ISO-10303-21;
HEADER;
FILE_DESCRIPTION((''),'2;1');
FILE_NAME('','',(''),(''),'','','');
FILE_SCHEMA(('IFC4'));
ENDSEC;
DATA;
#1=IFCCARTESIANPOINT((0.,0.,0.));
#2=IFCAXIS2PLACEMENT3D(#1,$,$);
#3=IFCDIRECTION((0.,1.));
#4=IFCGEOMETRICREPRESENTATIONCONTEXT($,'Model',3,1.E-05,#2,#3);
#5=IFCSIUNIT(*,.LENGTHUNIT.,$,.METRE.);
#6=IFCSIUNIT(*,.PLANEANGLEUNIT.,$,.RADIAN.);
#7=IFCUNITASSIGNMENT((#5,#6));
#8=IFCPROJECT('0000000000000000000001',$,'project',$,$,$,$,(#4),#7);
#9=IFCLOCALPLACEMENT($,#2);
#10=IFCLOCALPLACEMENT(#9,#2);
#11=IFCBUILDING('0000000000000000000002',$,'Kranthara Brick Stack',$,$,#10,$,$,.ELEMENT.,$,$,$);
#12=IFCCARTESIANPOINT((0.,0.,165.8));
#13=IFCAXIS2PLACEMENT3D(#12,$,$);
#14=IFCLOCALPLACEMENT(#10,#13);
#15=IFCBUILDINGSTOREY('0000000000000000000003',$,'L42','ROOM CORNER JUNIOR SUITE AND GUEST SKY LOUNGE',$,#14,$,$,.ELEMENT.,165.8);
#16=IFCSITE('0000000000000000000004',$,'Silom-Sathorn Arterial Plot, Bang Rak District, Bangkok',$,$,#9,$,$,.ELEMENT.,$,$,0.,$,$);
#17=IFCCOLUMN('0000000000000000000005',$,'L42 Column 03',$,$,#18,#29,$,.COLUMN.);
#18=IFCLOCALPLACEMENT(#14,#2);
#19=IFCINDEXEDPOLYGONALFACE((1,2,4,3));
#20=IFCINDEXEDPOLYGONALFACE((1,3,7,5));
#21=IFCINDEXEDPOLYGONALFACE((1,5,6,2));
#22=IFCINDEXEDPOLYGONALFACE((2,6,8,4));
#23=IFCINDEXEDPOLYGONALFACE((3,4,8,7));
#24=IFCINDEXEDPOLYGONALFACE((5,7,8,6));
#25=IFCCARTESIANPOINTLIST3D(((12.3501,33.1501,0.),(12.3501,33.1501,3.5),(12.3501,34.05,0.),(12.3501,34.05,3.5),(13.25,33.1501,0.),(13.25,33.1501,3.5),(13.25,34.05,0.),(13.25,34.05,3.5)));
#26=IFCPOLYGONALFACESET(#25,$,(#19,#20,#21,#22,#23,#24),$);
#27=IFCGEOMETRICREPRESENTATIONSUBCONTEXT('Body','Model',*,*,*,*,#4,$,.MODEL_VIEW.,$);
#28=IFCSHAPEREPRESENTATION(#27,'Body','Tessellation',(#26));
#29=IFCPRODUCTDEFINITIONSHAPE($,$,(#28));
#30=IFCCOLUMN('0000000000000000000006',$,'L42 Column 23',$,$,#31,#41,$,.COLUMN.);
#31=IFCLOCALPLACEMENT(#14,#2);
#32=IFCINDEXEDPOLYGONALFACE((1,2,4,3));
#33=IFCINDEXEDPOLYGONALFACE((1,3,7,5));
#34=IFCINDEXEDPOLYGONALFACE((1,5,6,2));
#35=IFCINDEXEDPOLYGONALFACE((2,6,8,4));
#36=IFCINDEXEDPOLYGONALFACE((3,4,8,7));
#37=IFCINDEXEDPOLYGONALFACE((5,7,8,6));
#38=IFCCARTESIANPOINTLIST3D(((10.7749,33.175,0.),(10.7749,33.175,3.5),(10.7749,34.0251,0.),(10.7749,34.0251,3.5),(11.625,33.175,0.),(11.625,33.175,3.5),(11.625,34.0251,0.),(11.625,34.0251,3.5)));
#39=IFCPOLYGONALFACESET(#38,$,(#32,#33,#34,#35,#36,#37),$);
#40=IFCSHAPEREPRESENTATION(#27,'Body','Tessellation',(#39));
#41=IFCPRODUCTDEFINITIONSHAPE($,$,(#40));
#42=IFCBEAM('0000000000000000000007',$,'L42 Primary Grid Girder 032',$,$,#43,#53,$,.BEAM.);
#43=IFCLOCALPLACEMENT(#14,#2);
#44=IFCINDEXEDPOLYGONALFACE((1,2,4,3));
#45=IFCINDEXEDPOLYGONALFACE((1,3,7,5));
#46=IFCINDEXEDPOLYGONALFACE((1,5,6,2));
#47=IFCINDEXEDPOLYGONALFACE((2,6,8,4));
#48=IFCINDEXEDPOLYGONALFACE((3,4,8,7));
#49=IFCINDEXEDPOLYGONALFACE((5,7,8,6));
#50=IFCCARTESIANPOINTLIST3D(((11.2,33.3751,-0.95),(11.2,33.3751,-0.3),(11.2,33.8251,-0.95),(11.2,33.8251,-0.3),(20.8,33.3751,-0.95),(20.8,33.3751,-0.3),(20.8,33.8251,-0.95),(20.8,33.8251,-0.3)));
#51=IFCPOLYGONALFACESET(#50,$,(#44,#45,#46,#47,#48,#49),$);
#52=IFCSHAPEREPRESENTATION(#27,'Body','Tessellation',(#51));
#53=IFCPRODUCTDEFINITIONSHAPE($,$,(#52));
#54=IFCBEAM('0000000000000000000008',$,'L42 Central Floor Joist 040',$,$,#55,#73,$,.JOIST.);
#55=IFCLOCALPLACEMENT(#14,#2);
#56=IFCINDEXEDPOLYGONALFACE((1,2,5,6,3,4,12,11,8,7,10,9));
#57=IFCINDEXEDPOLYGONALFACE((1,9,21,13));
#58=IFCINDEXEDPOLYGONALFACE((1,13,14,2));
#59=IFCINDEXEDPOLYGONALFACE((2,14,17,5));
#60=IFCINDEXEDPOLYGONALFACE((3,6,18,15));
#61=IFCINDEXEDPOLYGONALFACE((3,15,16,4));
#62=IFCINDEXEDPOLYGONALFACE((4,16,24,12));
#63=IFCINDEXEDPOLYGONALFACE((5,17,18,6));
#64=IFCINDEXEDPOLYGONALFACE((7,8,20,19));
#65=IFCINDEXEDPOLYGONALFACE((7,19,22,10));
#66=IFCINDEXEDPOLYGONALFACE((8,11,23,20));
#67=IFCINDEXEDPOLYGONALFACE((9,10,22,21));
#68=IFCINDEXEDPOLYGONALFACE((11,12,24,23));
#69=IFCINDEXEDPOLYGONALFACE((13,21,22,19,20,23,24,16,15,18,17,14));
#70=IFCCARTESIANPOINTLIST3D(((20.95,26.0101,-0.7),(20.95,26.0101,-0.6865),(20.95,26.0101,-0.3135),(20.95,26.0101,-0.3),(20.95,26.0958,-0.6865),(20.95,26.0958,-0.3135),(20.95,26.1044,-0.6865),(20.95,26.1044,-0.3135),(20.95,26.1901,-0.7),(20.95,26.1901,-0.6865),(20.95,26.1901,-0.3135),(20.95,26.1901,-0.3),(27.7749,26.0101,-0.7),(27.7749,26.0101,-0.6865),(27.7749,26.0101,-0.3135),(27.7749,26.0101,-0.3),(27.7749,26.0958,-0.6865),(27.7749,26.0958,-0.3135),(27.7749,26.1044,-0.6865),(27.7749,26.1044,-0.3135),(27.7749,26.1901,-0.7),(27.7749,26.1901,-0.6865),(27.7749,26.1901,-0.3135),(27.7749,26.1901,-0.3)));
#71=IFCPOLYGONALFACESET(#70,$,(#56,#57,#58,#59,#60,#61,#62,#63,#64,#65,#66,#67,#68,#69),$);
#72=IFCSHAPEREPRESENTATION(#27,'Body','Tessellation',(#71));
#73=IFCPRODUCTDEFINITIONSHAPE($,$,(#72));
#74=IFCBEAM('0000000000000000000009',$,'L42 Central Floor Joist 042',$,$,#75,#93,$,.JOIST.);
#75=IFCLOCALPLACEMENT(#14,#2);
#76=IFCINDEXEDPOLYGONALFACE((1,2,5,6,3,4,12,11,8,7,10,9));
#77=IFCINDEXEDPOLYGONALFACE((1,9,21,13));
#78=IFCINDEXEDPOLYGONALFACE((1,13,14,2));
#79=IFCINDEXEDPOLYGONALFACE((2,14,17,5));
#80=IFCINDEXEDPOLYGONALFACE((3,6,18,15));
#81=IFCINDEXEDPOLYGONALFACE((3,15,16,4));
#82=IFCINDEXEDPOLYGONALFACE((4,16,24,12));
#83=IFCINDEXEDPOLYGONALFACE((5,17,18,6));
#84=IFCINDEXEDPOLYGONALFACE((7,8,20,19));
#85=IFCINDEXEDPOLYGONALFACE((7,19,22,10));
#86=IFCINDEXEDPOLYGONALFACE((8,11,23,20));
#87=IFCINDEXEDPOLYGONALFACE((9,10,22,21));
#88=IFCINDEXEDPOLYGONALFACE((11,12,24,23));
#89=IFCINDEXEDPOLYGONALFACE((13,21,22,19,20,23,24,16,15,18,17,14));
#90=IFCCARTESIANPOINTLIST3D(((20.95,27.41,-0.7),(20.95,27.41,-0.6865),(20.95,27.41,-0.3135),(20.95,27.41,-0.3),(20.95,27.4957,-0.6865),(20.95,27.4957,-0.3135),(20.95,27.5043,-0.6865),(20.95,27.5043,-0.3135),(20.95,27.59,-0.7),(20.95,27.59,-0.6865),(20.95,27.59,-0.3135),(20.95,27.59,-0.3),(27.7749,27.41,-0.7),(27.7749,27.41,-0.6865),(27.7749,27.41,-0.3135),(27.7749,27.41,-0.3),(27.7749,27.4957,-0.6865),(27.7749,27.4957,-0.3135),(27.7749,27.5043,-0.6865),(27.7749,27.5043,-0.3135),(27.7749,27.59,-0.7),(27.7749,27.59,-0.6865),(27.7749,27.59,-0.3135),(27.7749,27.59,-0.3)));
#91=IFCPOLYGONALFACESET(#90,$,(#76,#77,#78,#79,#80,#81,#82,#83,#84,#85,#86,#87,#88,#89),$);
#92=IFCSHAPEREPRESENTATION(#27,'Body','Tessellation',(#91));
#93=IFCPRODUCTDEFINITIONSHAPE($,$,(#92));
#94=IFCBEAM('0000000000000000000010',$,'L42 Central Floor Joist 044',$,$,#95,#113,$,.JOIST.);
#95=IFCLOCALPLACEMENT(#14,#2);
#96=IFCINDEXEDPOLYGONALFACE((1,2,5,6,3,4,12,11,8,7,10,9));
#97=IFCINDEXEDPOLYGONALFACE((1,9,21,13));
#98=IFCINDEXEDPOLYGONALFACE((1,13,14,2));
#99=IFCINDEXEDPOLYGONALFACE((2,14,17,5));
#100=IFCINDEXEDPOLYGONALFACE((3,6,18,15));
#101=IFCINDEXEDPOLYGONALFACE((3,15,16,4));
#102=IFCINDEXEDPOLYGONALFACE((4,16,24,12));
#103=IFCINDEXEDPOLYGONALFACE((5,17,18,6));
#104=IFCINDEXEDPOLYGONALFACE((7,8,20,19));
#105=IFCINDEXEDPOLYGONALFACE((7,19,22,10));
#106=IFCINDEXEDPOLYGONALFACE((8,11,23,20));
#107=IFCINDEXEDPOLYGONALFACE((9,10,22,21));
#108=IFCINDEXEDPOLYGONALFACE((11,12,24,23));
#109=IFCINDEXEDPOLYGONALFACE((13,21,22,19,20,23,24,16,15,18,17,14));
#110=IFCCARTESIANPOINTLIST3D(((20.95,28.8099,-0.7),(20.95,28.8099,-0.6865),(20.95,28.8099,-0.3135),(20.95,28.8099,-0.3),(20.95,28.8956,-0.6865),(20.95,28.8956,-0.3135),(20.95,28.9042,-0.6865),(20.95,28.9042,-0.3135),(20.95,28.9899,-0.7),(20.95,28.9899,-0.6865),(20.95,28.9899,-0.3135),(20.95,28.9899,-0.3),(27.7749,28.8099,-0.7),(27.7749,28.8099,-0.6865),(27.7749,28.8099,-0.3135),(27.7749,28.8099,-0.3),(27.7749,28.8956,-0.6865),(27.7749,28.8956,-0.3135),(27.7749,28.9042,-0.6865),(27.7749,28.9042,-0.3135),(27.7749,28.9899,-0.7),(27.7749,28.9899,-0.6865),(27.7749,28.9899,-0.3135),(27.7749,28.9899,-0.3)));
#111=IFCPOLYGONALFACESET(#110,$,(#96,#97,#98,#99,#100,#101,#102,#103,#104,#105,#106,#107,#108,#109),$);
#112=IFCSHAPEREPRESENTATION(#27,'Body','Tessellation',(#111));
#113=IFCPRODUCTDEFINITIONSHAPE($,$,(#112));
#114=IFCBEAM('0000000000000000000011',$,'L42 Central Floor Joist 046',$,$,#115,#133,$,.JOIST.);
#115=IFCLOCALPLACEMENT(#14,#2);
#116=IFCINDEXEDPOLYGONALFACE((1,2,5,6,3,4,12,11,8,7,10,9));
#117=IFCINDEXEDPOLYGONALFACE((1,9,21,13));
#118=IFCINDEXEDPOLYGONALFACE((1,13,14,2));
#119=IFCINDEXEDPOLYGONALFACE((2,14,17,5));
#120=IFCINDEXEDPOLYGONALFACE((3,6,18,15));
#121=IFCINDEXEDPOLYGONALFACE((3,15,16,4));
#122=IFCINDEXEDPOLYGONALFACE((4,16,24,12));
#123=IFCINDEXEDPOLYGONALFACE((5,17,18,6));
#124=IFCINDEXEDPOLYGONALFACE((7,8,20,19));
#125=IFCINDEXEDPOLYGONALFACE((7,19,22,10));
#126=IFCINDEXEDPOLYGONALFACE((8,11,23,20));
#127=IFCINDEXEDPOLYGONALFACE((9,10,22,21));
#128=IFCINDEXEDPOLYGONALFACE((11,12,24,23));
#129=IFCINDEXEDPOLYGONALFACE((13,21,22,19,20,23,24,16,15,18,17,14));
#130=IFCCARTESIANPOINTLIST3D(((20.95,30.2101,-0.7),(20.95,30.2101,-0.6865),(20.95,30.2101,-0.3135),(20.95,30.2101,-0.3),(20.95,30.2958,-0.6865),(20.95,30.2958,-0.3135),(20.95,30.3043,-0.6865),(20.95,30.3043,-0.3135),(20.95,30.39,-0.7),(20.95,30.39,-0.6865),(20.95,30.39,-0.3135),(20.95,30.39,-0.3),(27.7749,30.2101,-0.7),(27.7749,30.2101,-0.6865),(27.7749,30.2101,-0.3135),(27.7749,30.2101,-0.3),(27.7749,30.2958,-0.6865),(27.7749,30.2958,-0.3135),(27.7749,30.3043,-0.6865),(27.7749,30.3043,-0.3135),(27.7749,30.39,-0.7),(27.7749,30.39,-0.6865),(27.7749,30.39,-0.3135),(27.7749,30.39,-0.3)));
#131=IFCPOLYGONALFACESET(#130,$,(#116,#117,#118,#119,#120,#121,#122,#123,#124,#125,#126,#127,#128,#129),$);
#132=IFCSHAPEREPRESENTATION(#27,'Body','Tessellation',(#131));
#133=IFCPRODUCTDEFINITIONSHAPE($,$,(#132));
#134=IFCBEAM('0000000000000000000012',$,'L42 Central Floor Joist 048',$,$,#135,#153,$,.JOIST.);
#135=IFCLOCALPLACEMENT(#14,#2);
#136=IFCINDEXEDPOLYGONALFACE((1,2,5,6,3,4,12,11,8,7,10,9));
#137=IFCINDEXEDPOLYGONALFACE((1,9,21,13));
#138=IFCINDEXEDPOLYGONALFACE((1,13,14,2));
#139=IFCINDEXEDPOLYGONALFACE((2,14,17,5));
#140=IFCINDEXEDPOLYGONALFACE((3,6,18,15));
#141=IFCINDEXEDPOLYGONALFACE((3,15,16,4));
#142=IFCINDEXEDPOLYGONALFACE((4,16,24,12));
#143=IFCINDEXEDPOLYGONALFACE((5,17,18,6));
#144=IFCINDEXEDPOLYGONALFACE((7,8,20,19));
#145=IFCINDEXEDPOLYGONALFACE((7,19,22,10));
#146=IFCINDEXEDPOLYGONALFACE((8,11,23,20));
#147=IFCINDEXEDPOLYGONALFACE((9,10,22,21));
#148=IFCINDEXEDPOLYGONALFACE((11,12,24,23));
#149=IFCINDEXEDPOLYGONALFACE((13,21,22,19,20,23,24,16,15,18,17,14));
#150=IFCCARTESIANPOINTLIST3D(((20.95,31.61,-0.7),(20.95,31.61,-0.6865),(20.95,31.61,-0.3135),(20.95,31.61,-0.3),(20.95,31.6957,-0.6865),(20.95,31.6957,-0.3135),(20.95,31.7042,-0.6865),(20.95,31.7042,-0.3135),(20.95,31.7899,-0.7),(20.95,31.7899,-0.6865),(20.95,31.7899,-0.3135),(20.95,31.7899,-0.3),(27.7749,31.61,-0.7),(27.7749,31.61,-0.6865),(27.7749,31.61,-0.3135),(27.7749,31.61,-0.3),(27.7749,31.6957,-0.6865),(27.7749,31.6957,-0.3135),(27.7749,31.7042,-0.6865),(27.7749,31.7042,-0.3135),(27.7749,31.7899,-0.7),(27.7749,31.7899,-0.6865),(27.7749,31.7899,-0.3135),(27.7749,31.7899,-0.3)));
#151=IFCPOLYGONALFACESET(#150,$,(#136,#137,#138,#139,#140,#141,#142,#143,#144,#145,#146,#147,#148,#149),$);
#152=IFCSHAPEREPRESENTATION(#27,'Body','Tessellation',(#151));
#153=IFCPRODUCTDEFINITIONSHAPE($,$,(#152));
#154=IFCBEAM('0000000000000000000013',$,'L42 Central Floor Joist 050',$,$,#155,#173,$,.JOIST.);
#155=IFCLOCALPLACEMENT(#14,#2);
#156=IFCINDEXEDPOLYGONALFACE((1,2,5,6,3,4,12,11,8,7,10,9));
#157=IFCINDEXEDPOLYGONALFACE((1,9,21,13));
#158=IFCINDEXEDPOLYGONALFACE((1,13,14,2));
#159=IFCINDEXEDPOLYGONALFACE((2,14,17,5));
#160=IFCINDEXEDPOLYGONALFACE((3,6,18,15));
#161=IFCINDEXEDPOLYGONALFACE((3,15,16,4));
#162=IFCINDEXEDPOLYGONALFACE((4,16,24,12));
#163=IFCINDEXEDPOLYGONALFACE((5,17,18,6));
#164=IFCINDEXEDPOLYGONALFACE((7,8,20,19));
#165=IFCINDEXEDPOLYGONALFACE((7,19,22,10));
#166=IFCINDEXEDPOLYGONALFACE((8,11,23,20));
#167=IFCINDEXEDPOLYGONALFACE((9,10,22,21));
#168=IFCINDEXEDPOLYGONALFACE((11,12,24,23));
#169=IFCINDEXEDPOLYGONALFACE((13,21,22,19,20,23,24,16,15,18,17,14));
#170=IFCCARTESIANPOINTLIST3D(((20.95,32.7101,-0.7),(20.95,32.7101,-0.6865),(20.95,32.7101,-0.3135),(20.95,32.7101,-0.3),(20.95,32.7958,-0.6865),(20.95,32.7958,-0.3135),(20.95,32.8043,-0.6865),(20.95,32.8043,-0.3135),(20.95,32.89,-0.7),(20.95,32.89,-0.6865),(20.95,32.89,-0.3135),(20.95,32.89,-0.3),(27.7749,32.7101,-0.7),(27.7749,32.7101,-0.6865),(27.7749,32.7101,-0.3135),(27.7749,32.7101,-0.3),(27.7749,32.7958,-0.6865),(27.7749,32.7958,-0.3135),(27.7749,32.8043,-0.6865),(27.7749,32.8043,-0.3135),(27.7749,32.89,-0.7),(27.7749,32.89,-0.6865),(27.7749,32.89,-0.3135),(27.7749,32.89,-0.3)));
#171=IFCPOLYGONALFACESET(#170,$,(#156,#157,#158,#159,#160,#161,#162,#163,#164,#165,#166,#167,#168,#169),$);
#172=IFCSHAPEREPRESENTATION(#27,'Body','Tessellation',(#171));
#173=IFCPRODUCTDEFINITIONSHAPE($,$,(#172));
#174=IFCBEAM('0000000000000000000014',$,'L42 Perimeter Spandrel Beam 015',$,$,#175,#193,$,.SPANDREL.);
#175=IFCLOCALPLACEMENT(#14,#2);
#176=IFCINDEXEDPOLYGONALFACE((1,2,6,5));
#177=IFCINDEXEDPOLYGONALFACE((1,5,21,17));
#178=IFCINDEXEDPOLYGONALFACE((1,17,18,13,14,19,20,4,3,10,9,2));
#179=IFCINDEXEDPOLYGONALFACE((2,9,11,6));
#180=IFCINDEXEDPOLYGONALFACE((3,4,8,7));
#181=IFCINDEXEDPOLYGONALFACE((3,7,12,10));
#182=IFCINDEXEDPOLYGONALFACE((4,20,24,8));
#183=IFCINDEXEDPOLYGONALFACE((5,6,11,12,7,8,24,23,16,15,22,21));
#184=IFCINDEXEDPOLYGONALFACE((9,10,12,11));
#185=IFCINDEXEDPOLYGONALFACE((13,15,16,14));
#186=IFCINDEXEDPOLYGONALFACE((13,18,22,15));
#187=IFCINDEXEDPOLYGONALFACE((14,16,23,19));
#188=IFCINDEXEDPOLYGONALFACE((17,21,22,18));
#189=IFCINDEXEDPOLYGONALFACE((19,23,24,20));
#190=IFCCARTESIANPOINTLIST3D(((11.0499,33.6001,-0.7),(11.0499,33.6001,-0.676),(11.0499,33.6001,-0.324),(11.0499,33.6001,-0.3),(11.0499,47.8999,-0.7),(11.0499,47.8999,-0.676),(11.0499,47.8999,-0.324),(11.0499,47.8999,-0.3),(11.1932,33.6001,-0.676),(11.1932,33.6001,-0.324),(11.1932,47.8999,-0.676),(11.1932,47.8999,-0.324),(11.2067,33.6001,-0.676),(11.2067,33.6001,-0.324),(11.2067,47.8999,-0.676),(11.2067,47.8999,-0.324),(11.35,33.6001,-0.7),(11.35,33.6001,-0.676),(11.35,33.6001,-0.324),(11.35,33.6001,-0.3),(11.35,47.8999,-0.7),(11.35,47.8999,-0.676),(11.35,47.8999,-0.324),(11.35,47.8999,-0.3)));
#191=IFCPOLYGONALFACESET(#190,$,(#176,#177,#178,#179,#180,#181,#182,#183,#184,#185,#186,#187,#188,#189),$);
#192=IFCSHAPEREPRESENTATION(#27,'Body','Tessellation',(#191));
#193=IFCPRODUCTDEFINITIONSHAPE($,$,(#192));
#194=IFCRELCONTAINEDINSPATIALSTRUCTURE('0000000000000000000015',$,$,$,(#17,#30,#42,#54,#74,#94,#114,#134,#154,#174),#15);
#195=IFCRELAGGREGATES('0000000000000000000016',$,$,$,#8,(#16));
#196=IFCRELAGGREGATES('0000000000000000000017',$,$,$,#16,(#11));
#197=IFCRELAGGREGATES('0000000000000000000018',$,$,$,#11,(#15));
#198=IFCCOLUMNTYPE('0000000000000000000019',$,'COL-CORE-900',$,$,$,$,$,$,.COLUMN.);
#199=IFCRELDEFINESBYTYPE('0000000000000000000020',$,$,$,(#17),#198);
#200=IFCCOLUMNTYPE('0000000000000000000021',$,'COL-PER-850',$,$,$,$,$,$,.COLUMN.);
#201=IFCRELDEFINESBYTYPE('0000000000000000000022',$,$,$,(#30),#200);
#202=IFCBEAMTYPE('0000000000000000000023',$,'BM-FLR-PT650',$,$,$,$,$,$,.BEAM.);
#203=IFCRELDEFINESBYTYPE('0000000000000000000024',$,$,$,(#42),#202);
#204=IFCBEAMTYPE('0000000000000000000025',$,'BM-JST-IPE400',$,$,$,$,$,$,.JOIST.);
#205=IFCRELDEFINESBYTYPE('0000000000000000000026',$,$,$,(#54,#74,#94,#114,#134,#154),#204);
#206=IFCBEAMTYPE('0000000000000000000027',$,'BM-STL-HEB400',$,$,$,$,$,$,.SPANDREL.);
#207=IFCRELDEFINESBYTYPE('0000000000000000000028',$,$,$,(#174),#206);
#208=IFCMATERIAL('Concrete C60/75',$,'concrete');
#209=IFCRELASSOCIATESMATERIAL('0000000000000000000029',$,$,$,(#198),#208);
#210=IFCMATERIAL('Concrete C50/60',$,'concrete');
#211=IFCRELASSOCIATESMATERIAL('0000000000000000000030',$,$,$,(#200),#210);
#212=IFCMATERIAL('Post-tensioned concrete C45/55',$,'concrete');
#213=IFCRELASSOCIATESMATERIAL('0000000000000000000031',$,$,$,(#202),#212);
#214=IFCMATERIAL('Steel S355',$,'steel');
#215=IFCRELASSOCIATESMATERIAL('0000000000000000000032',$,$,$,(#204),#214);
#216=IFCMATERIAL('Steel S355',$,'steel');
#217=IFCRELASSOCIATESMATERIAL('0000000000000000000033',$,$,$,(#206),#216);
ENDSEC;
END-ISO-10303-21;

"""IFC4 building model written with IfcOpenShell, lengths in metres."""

from ifc_helpers import new_model, si_unit, direction, frame, origin, origin_2d, place, context, subcontext, project, spatial, rectangle, i_section, extrude, material, material_profile, profile_set, type_object, element, save


model = new_model("IFC4")

# Units and contexts
model_context = context("Model", 3, precision=1e-05, world=origin(), true_north=direction((0.0, 1.0)))
body_context = subcontext(model_context, "Body", "Model", "MODEL_VIEW")
ifc_project = project(units=[si_unit("LENGTHUNIT", "METRE"), si_unit("PLANEANGLEUNIT", "RADIAN")], contexts=[model_context])

# Site, building, storey
site_placement = place(None, origin())
site = spatial("IfcSite", under=ifc_project, at=site_placement, Name="Silom-Sathorn Arterial Plot, Bang Rak District, Bangkok", CompositionType="ELEMENT", RefElevation=0.0)
building_placement = place(site_placement, origin())
building = spatial("IfcBuilding", under=site, at=building_placement, Name="Kranthara Brick Stack", CompositionType="ELEMENT")
storey_placement = place(building_placement, frame((0.0, 0.0, 165.8)))
storey = spatial("IfcBuildingStorey", under=building, at=storey_placement, Name="L42", Description="ROOM CORNER JUNIOR SUITE AND GUEST SKY LOUNGE", CompositionType="ELEMENT", Elevation=165.8)

# Columns
ifc_material_1 = material(Name="Concrete C60/75", Category="concrete")
ifc_material_profile_1 = material_profile(ifc_material_1, rectangle(XDim=0.8999, YDim=0.8999, at=origin_2d()), Name="RC 900x900")
ifc_profile_set_1 = profile_set([ifc_material_profile_1], Name="Concrete C60/75")
column_type_1 = type_object("IfcColumnType", Name="COL-CORE-900", PredefinedType="COLUMN", material=ifc_profile_set_1)
column_1_placement = place(storey_placement, frame((12.8, 33.6001, 0.0), z_axis=(0.0, 0.0, 1.0), x_axis=(1.0, 0.0, 0.0)))
element("IfcColumn", 1, at=column_1_placement, inside=storey, type_object=column_type_1, Name="L42 Column 03", PredefinedType="COLUMN", context=body_context, shape_type="SweptSolid", body=[
    extrude(rectangle(XDim=0.8999, YDim=0.8999, at=origin_2d()), origin(), (0.0, 0.0, 1.0), 3.5),
])
ifc_material_2 = material(Name="Concrete C50/60", Category="concrete")
ifc_material_profile_2 = material_profile(ifc_material_2, rectangle(XDim=0.8501, YDim=0.8501, at=origin_2d()), Name="RC 850x850")
ifc_profile_set_2 = profile_set([ifc_material_profile_2], Name="Concrete C50/60")
column_type_2 = type_object("IfcColumnType", Name="COL-PER-850", PredefinedType="COLUMN", material=ifc_profile_set_2)
column_2_placement = place(storey_placement, frame((11.2, 33.6001, 0.0), z_axis=(0.0, 0.0, 1.0), x_axis=(1.0, 0.0, 0.0)))
element("IfcColumn", 2, at=column_2_placement, inside=storey, type_object=column_type_2, Name="L42 Column 23", PredefinedType="COLUMN", context=body_context, shape_type="SweptSolid", body=[
    extrude(rectangle(XDim=0.8501, YDim=0.8501, at=origin_2d()), origin(), (0.0, 0.0, 1.0), 3.5),
])

# Beams
ifc_material_3 = material(Name="Post-tensioned concrete C45/55", Category="concrete")
ifc_material_profile_3 = material_profile(ifc_material_3, rectangle(XDim=0.45, YDim=0.6499, at=origin_2d()), Name="PT 450x650")
ifc_profile_set_3 = profile_set([ifc_material_profile_3], Name="Post-tensioned concrete C45/55")
beam_type_1 = type_object("IfcBeamType", Name="BM-FLR-PT650", PredefinedType="BEAM", material=ifc_profile_set_3)
beam_1_placement = place(storey_placement, frame((11.2, 33.6001, -0.625), z_axis=(1.0, 0.0, 0.0), x_axis=(0.0, 1.0, 0.0)))
element("IfcBeam", 3, at=beam_1_placement, inside=storey, type_object=beam_type_1, Name="L42 Primary Grid Girder 032", PredefinedType="BEAM", context=body_context, shape_type="SweptSolid", body=[
    extrude(rectangle(XDim=0.45, YDim=0.6499, at=origin_2d()), origin(), (0.0, 0.0, 1.0), 9.6001),
])
ifc_material_4 = material(Name="Steel S355", Category="steel")
ifc_material_profile_4 = material_profile(ifc_material_4, i_section(OverallWidth=0.1799, OverallDepth=0.3999, WebThickness=0.0085, FlangeThickness=0.0134, at=origin_2d()), Name="IPE 400")
ifc_profile_set_4 = profile_set([ifc_material_profile_4], Name="Steel S355")
beam_type_2 = type_object("IfcBeamType", Name="BM-JST-IPE400", PredefinedType="JOIST", material=ifc_profile_set_4)
for number, where, z_axis, x_axis, name in (
    (4, (20.95, 26.1001, -0.5), (1.0, 0.0, 0.0), (0.0, 1.0, 0.0), "L42 Central Floor Joist 040"),
    (5, (20.95, 27.5, -0.5), (1.0, 0.0, 0.0), (0.0, 1.0, 0.0), "L42 Central Floor Joist 042"),
    (6, (20.95, 28.8999, -0.5), (1.0, 0.0, 0.0), (0.0, 1.0, 0.0), "L42 Central Floor Joist 044"),
    (7, (20.95, 30.3, -0.5), (1.0, 0.0, 0.0), (0.0, 1.0, 0.0), "L42 Central Floor Joist 046"),
    (8, (20.95, 31.7, -0.5), (1.0, 0.0, 0.0), (0.0, 1.0, 0.0), "L42 Central Floor Joist 048"),
    (9, (20.95, 32.8, -0.5), (1.0, 0.0, 0.0), (0.0, 1.0, 0.0), "L42 Central Floor Joist 050"),
):
    element("IfcBeam", number, at=place(storey_placement, frame(where, z_axis=z_axis, x_axis=x_axis)), inside=storey, type_object=beam_type_2, Name=name, PredefinedType="JOIST", context=body_context, shape_type="SweptSolid", body=[
        extrude(i_section(OverallWidth=0.1799, OverallDepth=0.3999, WebThickness=0.0085, FlangeThickness=0.0134, at=origin_2d()), origin(), (0.0, 0.0, 1.0), 6.825),
    ])
ifc_material_5 = material(Name="Steel S355", Category="steel")
ifc_material_profile_5 = material_profile(ifc_material_5, i_section(OverallWidth=0.3, OverallDepth=0.3999, WebThickness=0.0134, FlangeThickness=0.0239, at=origin_2d()), Name="HEB 400")
ifc_profile_set_5 = profile_set([ifc_material_profile_5], Name="Steel S355")
beam_type_3 = type_object("IfcBeamType", Name="BM-STL-HEB400", PredefinedType="SPANDREL", material=ifc_profile_set_5)
beam_2_placement = place(storey_placement, frame((11.2, 33.6001, -0.5), z_axis=(0.0, 1.0, 0.0), x_axis=(-1.0, 0.0, 0.0)))
element("IfcBeam", 10, at=beam_2_placement, inside=storey, type_object=beam_type_3, Name="L42 Perimeter Spandrel Beam 015", PredefinedType="SPANDREL", context=body_context, shape_type="SweptSolid", body=[
    extrude(i_section(OverallWidth=0.3, OverallDepth=0.3999, WebThickness=0.0134, FlangeThickness=0.0239, at=origin_2d()), origin(), (0.0, 0.0, 1.0), 14.2998),
])

save(model, "model.ifc")
